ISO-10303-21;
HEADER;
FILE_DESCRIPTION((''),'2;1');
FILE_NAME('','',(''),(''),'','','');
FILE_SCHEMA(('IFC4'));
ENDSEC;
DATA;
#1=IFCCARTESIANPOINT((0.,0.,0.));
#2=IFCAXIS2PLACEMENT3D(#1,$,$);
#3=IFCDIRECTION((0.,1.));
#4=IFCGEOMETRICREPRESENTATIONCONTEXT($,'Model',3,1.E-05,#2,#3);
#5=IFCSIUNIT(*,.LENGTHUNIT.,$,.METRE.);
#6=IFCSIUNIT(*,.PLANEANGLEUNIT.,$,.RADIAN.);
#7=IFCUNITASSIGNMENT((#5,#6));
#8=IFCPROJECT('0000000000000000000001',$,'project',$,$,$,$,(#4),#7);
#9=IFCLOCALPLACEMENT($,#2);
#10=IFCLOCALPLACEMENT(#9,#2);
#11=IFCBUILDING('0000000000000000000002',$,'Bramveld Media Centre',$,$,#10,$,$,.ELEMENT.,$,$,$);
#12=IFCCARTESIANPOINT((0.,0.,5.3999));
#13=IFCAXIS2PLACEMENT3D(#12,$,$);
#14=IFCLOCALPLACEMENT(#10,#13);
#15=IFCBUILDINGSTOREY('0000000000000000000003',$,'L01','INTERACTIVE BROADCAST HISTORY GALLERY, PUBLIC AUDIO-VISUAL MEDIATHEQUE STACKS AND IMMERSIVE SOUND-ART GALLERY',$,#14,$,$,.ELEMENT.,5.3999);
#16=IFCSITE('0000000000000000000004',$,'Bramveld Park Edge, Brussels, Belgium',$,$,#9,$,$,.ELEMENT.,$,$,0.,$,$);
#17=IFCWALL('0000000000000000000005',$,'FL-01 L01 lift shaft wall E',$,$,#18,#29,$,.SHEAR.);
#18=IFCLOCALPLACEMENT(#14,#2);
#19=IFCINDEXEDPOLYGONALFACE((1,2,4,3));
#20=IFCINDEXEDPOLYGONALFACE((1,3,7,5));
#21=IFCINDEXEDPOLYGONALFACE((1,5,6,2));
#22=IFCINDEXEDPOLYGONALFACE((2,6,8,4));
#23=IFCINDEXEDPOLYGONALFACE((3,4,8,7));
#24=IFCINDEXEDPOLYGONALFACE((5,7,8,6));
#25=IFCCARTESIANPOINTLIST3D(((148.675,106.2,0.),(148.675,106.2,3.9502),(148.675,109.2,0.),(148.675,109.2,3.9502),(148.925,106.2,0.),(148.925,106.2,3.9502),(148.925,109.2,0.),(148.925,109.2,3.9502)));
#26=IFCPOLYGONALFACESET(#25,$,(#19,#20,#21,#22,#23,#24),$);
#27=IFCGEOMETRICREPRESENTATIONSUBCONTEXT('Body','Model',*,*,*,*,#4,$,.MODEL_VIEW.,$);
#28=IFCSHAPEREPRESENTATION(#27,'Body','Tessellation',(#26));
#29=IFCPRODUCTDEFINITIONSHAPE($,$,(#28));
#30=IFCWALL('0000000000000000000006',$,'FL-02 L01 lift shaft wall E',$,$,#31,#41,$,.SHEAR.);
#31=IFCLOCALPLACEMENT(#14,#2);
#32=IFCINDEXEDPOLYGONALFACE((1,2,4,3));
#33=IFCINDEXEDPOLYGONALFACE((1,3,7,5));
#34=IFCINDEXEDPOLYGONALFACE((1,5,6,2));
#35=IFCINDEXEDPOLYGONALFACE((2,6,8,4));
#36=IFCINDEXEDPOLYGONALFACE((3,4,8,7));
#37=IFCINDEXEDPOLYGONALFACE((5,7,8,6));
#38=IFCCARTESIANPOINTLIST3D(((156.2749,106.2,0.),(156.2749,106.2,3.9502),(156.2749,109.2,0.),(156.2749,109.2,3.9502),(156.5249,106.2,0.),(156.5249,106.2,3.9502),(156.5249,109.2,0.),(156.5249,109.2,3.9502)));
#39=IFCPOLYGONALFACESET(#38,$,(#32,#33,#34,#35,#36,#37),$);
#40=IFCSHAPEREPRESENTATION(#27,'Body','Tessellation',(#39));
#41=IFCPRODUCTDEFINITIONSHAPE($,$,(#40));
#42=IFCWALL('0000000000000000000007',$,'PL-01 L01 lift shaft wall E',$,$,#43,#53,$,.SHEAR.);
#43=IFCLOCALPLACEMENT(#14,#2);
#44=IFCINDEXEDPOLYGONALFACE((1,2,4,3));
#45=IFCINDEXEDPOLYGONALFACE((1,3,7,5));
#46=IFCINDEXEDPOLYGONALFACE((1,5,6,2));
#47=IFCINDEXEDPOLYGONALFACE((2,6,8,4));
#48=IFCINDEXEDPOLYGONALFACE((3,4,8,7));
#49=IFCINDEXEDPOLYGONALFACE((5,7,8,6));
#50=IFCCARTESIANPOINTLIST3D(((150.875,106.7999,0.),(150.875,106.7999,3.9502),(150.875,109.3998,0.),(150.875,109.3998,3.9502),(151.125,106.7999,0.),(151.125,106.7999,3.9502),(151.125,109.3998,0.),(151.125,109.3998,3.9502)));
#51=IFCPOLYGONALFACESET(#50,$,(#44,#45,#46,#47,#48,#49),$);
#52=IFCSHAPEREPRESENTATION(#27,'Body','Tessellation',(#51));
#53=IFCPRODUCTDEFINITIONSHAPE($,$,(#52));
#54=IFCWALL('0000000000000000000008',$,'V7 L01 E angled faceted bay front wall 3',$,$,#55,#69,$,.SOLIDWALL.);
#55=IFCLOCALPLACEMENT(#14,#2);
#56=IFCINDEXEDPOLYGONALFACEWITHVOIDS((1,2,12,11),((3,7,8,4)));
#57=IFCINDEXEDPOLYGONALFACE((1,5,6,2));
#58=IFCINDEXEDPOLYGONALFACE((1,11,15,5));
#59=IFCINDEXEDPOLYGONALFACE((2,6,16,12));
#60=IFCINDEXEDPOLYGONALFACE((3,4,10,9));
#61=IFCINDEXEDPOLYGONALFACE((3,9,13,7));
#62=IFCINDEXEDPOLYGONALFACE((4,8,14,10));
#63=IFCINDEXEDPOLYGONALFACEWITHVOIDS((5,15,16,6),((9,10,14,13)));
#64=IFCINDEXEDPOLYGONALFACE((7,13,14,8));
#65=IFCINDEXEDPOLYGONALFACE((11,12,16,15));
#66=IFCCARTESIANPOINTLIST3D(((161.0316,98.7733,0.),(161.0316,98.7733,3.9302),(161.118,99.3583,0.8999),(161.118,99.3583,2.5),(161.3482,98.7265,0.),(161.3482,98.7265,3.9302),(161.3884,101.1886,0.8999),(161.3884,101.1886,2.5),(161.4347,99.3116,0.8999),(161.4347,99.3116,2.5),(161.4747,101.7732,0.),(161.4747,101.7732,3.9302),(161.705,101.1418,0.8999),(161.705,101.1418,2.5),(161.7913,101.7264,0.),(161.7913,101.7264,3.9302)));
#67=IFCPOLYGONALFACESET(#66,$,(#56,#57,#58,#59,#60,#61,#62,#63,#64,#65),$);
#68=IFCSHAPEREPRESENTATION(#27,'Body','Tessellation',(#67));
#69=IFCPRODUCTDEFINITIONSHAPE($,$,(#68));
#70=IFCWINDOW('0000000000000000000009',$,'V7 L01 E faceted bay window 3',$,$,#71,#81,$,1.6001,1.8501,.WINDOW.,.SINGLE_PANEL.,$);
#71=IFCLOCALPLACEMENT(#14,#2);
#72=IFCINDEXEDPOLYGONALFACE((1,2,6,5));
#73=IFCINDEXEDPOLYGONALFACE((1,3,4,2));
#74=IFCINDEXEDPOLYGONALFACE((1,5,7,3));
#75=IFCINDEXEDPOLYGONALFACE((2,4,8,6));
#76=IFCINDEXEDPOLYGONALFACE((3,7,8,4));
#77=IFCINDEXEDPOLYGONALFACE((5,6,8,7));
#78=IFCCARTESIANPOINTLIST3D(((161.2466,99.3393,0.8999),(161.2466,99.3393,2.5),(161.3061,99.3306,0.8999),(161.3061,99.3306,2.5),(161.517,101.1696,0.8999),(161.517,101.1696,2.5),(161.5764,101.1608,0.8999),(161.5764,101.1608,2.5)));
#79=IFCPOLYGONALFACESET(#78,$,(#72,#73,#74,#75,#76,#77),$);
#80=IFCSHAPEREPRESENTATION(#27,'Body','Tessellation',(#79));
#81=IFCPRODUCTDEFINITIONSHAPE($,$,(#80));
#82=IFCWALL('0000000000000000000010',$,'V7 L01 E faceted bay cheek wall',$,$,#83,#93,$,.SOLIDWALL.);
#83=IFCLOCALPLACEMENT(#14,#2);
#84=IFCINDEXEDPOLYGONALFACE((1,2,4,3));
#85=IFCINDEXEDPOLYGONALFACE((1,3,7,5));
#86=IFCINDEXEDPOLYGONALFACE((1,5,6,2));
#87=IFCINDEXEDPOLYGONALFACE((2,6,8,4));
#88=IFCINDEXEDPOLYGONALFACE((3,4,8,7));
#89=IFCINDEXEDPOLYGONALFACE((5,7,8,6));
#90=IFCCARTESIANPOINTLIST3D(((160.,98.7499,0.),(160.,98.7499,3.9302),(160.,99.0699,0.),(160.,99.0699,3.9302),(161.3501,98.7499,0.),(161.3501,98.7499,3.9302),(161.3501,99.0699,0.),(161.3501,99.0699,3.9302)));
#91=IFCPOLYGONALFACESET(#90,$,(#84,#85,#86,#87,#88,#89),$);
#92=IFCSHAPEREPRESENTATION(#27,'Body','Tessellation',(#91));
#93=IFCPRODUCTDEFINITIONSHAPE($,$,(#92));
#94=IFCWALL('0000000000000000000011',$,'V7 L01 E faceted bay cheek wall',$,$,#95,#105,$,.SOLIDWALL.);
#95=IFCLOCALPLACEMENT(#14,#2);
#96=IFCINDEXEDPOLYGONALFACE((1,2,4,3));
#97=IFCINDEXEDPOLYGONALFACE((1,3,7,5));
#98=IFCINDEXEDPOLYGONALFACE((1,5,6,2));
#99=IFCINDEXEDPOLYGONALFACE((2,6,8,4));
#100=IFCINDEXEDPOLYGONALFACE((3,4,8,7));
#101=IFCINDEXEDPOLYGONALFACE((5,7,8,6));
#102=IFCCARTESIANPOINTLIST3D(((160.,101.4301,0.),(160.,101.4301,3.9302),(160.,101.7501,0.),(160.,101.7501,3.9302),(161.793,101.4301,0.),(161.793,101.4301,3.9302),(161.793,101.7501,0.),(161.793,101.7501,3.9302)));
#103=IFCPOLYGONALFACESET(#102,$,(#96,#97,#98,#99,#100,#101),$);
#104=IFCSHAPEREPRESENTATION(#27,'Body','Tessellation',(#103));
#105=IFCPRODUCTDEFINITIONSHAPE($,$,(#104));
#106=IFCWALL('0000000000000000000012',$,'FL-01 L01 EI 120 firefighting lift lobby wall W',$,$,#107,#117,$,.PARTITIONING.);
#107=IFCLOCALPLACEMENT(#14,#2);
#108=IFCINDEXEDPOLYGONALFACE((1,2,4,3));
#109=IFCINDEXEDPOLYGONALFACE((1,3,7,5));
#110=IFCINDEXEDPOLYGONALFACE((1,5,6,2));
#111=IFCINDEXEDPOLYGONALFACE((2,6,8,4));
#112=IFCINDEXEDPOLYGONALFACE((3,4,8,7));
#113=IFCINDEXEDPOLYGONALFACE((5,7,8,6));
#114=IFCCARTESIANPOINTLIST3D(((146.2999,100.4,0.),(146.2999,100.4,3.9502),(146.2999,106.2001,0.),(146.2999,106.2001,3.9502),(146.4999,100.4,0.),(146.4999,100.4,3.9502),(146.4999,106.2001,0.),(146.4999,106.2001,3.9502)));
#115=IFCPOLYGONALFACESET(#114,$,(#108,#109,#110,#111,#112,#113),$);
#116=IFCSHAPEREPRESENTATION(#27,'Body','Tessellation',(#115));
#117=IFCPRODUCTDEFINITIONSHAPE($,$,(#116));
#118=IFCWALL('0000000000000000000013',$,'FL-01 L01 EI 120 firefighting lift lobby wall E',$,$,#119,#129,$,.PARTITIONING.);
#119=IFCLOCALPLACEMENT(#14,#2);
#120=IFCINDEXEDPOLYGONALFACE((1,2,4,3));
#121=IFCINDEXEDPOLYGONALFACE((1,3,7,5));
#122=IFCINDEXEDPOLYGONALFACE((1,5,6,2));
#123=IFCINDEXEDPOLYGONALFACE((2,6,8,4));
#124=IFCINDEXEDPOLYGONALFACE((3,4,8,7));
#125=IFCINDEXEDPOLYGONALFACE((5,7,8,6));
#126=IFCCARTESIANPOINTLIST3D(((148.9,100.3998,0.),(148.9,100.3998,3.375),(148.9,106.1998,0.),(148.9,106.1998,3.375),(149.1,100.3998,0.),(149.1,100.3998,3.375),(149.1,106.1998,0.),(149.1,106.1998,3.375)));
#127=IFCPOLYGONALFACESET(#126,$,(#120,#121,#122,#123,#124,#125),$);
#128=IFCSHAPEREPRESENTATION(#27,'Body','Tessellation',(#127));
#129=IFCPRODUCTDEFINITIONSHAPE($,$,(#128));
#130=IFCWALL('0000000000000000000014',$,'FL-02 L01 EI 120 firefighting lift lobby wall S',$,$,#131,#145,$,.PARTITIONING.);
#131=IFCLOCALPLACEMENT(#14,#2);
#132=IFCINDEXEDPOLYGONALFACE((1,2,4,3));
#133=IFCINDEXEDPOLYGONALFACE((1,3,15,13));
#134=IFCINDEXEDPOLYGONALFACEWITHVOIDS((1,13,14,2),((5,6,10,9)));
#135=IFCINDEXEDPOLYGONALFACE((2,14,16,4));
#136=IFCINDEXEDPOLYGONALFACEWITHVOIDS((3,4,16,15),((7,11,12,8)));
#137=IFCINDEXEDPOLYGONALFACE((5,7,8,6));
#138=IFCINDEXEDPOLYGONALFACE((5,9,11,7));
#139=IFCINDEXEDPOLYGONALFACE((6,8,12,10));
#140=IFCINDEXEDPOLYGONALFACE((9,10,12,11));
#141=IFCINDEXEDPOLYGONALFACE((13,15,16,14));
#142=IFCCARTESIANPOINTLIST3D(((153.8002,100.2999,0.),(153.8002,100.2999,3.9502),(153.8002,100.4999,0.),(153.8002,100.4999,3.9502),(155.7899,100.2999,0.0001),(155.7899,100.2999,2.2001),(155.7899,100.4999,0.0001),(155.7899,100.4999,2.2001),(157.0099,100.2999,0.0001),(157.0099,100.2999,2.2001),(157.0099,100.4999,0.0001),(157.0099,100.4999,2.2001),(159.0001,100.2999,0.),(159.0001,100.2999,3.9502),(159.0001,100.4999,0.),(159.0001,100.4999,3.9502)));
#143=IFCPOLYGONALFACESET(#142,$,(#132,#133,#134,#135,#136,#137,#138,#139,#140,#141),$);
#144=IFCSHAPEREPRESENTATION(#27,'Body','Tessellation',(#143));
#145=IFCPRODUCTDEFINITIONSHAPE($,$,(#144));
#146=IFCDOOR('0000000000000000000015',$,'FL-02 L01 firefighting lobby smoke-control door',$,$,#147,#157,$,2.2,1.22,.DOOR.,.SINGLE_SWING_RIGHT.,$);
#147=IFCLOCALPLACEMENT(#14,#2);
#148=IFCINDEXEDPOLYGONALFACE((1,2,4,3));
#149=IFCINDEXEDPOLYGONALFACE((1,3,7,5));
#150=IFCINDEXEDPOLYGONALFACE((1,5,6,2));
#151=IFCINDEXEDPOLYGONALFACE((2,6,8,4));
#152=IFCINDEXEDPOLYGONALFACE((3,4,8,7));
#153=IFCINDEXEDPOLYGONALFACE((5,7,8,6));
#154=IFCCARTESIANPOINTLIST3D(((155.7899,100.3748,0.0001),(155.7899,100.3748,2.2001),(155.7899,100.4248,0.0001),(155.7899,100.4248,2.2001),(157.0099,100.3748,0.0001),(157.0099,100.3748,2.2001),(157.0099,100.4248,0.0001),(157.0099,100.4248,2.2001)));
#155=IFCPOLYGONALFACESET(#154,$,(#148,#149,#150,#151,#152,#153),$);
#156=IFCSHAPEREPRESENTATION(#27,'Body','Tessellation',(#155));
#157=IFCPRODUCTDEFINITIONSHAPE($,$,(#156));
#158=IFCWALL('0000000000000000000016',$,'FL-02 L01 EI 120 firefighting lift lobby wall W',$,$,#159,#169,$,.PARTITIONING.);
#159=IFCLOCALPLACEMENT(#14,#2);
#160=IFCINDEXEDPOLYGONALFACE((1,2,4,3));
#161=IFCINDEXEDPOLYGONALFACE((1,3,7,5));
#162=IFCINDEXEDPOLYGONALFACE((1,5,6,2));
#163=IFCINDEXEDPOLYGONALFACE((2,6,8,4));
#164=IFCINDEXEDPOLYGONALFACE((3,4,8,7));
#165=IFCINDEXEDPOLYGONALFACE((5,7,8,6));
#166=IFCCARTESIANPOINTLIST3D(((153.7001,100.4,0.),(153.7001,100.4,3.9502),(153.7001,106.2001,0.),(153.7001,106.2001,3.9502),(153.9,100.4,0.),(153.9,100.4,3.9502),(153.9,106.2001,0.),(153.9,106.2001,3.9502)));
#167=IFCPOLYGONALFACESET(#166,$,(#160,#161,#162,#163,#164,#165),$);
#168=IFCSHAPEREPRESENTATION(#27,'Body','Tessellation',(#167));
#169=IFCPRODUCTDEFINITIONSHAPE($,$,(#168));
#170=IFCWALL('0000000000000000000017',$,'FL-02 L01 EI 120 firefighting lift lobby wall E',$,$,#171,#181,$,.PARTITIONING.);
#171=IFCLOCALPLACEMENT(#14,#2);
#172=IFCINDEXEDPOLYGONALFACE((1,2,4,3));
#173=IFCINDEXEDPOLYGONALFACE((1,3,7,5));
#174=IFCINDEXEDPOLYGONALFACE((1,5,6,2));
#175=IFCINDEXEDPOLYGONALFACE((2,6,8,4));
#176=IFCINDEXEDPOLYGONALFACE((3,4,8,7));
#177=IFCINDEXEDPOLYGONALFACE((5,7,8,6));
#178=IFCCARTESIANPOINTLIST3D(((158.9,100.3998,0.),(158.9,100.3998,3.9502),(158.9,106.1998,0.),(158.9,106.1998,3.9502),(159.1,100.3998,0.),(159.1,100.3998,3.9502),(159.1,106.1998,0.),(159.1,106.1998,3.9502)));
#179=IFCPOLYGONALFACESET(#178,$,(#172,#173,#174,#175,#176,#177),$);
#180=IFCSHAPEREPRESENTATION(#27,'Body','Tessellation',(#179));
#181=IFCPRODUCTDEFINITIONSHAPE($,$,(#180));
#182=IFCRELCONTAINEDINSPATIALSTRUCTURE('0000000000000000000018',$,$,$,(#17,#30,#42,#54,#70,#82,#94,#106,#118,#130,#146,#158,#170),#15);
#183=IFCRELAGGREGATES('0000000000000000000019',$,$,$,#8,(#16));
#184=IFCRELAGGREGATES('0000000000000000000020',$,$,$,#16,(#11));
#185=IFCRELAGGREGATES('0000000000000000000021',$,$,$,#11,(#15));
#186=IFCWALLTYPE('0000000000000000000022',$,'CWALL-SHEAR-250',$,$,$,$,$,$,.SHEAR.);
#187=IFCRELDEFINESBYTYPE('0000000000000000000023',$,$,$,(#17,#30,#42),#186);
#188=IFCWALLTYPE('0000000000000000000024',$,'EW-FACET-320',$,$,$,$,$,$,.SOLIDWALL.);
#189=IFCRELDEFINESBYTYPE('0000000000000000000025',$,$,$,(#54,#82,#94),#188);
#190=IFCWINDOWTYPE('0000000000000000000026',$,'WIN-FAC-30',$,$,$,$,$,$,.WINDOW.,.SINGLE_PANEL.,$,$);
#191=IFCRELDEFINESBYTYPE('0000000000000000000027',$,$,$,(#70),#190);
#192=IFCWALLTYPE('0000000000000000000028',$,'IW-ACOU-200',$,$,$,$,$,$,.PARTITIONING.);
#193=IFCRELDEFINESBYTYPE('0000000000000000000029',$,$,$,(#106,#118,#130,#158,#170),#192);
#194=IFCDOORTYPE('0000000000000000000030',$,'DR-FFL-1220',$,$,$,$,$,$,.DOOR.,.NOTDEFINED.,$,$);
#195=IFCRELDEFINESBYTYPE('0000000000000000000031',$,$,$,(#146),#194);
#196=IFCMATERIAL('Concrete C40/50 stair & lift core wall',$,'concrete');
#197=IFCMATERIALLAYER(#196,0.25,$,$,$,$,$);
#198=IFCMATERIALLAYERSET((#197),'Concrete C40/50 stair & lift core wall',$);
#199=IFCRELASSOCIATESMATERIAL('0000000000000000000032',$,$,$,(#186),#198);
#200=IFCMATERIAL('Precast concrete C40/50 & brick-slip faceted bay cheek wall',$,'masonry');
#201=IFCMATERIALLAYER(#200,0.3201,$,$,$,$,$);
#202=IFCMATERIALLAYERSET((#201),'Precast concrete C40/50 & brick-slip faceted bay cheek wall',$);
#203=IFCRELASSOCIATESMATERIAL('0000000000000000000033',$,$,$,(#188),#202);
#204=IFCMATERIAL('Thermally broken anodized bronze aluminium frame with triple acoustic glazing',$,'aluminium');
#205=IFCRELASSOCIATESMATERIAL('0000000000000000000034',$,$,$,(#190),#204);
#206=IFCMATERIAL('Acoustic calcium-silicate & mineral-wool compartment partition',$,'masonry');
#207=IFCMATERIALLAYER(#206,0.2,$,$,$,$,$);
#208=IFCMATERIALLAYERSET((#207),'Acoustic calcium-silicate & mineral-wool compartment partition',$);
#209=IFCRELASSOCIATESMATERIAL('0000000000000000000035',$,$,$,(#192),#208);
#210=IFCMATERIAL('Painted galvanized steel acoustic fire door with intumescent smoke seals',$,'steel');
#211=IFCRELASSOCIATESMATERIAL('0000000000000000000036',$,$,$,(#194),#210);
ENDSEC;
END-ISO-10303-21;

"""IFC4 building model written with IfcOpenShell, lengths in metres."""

from ifc_helpers import new_model, si_unit, direction, frame, frame_2d, origin, place, context, subcontext, project, spatial, rectangle, extrude, material, layer, layer_set, type_object, element, fill, save


model = new_model("IFC4")

# Units and contexts
model_context = context("Model", 3, precision=1e-05, world=origin(), true_north=direction((0.0, 1.0)))
body_context = subcontext(model_context, "Body", "Model", "MODEL_VIEW")
ifc_project = project(units=[si_unit("LENGTHUNIT", "METRE"), si_unit("PLANEANGLEUNIT", "RADIAN")], contexts=[model_context])

# Site, building, storey
site_placement = place(None, origin())
site = spatial("IfcSite", under=ifc_project, at=site_placement, Name="Bramveld Park Edge, Brussels, Belgium", CompositionType="ELEMENT", RefElevation=0.0)
building_placement = place(site_placement, origin())
building = spatial("IfcBuilding", under=site, at=building_placement, Name="Bramveld Media Centre", CompositionType="ELEMENT")
storey_placement = place(building_placement, frame((0.0, 0.0, 5.3999)))
storey = spatial("IfcBuildingStorey", under=building, at=storey_placement, Name="L01", Description="INTERACTIVE BROADCAST HISTORY GALLERY, PUBLIC AUDIO-VISUAL MEDIATHEQUE STACKS AND IMMERSIVE SOUND-ART GALLERY", CompositionType="ELEMENT", Elevation=5.3999)

# Shared definitions
ifc_material_1 = material(Name="Concrete C40/50 stair & lift core wall", Category="concrete")
ifc_layer_1 = layer(ifc_material_1, 0.25)
ifc_layer_set_1 = layer_set([ifc_layer_1], Name="Concrete C40/50 stair & lift core wall")
wall_type_1 = type_object("IfcWallType", Name="CWALL-SHEAR-250", PredefinedType="SHEAR", material=ifc_layer_set_1)

# Wall
wall_1_placement = place(storey_placement, frame((148.8, 106.2, 0.0), z_axis=(0.0, 0.0, 1.0), x_axis=(0.0, 1.0, 0.0)))
element("IfcWall", 1, at=wall_1_placement, inside=storey, type_object=wall_type_1, Name="FL-01 L01 lift shaft wall E", PredefinedType="SHEAR", context=body_context, shape_type="SweptSolid", body=[
    extrude(rectangle(XDim=3.0, YDim=0.25, at=frame_2d((1.5, 0.0))), origin(), (0.0, 0.0, 1.0), 3.9502),
])

# Wall
wall_2_placement = place(storey_placement, frame((156.3999, 106.2, 0.0), z_axis=(0.0, 0.0, 1.0), x_axis=(0.0, 1.0, 0.0)))
element("IfcWall", 2, at=wall_2_placement, inside=storey, type_object=wall_type_1, Name="FL-02 L01 lift shaft wall E", PredefinedType="SHEAR", context=body_context, shape_type="SweptSolid", body=[
    extrude(rectangle(XDim=3.0, YDim=0.25, at=frame_2d((1.5, 0.0))), origin(), (0.0, 0.0, 1.0), 3.9502),
])

# Wall
wall_3_placement = place(storey_placement, frame((151.0, 106.8, 0.0), z_axis=(0.0, 0.0, 1.0), x_axis=(0.0, 1.0, 0.0)))
element("IfcWall", 3, at=wall_3_placement, inside=storey, type_object=wall_type_1, Name="PL-01 L01 lift shaft wall E", PredefinedType="SHEAR", context=body_context, shape_type="SweptSolid", body=[
    extrude(rectangle(XDim=2.5999, YDim=0.25, at=frame_2d((1.2998, 0.0))), origin(), (0.0, 0.0, 1.0), 3.9502),
])

# Wall, opening, window
ifc_material_2 = material(Name="Precast concrete C40/50 & brick-slip faceted bay cheek wall", Category="masonry")
ifc_layer_2 = layer(ifc_material_2, 0.3201)
ifc_layer_set_2 = layer_set([ifc_layer_2], Name="Precast concrete C40/50 & brick-slip faceted bay cheek wall")
wall_type_2 = type_object("IfcWallType", Name="EW-FACET-320", PredefinedType="SOLIDWALL", material=ifc_layer_set_2)
wall_4_placement = place(storey_placement, frame((161.1899, 98.75, 0.0), z_axis=(0.0, 0.0, 1.0), x_axis=(0.14612, 0.989267, 0.0)))
wall_4 = element("IfcWall", 4, at=wall_4_placement, inside=storey, type_object=wall_type_2, Name="V7 L01 E angled faceted bay front wall 3", PredefinedType="SOLIDWALL", context=body_context, shape_type="SweptSolid", body=[
    extrude(rectangle(XDim=3.0325, YDim=0.3201, at=frame_2d((1.5161, 0.0))), origin(), (0.0, 0.0, 1.0), 3.9302),
])
opening_1_placement = place(wall_4_placement, frame((0.5913, 0.0, 0.8999)))
opening_1 = element("IfcOpeningElement", 5, at=opening_1_placement, cuts=wall_4, PredefinedType="OPENING", context=body_context, shape_type="SweptSolid", body=[
    extrude(rectangle(XDim=1.8501, YDim=1.6001, at=frame_2d((0.925, 0.8))), frame((0.0, 0.1719, 0.0), z_axis=(0.0, -1.0, 0.0), x_axis=(1.0, 0.0, 0.0)), (0.0, 0.0, 1.0), 0.344),
])
ifc_material_3 = material(Name="Thermally broken anodized bronze aluminium frame with triple acoustic glazing", Category="aluminium")
window_type = type_object("IfcWindowType", Name="WIN-FAC-30", PartitioningType="SINGLE_PANEL", PredefinedType="WINDOW", material=ifc_material_3)
window_placement = place(opening_1_placement, origin())
window = element("IfcWindow", 6, at=window_placement, inside=storey, type_object=window_type, Name="V7 L01 E faceted bay window 3", OverallHeight=1.6001, OverallWidth=1.8501, PartitioningType="SINGLE_PANEL", PredefinedType="WINDOW", context=body_context, shape_type="SweptSolid", body=[
    extrude(rectangle(XDim=1.8501, YDim=1.6001, at=frame_2d((0.925, 0.8))), frame((0.0, 0.03, 0.0), z_axis=(0.0, -1.0, 0.0), x_axis=(1.0, 0.0, 0.0)), (0.0, 0.0, 1.0), 0.0601),
])
fill(opening_1, window)

# Walls
wall_5_placement = place(storey_placement, frame((160.0, 98.9099, 0.0), z_axis=(0.0, 0.0, 1.0), x_axis=(1.0, 0.0, 0.0)))
element("IfcWall", 7, at=wall_5_placement, inside=storey, type_object=wall_type_2, Name="V7 L01 E faceted bay cheek wall", PredefinedType="SOLIDWALL", context=body_context, shape_type="SweptSolid", body=[
    extrude(rectangle(XDim=1.3501, YDim=0.3201, at=frame_2d((0.675, 0.0))), origin(), (0.0, 0.0, 1.0), 3.9302),
])
wall_6_placement = place(storey_placement, frame((160.0, 101.5901, 0.0), z_axis=(0.0, 0.0, 1.0), x_axis=(1.0, 0.0, 0.0)))
element("IfcWall", 8, at=wall_6_placement, inside=storey, type_object=wall_type_2, Name="V7 L01 E faceted bay cheek wall", PredefinedType="SOLIDWALL", context=body_context, shape_type="SweptSolid", body=[
    extrude(rectangle(XDim=1.793, YDim=0.3201, at=frame_2d((0.8965, 0.0))), origin(), (0.0, 0.0, 1.0), 3.9302),
])
ifc_material_4 = material(Name="Acoustic calcium-silicate & mineral-wool compartment partition", Category="masonry")
ifc_layer_3 = layer(ifc_material_4, 0.2)
ifc_layer_set_3 = layer_set([ifc_layer_3], Name="Acoustic calcium-silicate & mineral-wool compartment partition")
wall_type_3 = type_object("IfcWallType", Name="IW-ACOU-200", PredefinedType="PARTITIONING", material=ifc_layer_set_3)
wall_7_placement = place(storey_placement, frame((146.3999, 106.2, 0.0), z_axis=(0.0, 0.0, 1.0), x_axis=(0.0, -1.0, 0.0)))
element("IfcWall", 9, at=wall_7_placement, inside=storey, type_object=wall_type_3, Name="FL-01 L01 EI 120 firefighting lift lobby wall W", PredefinedType="PARTITIONING", context=body_context, shape_type="SweptSolid", body=[
    extrude(rectangle(XDim=5.8, YDim=0.2, at=frame_2d((2.8999, 0.0))), origin(), (0.0, 0.0, 1.0), 3.9502),
])
wall_8_placement = place(storey_placement, frame((149.0, 100.3999, 0.0), z_axis=(0.0, 0.0, 1.0), x_axis=(0.0, 1.0, 0.0)))
element("IfcWall", 10, at=wall_8_placement, inside=storey, type_object=wall_type_3, Name="FL-01 L01 EI 120 firefighting lift lobby wall E", PredefinedType="PARTITIONING", context=body_context, shape_type="SweptSolid", body=[
    extrude(rectangle(XDim=5.8, YDim=0.2, at=frame_2d((2.8999, 0.0))), origin(), (0.0, 0.0, 1.0), 3.375),
])

# Wall, opening, door
wall_9_placement = place(storey_placement, frame((153.8, 100.3999, 0.0), z_axis=(0.0, 0.0, 1.0), x_axis=(1.0, 0.0, 0.0)))
wall_9 = element("IfcWall", 11, at=wall_9_placement, inside=storey, type_object=wall_type_3, Name="FL-02 L01 EI 120 firefighting lift lobby wall S", PredefinedType="PARTITIONING", context=body_context, shape_type="SweptSolid", body=[
    extrude(rectangle(XDim=5.2, YDim=0.2, at=frame_2d((2.6001, 0.0))), origin(), (0.0, 0.0, 1.0), 3.9502),
])
opening_2_placement = place(wall_9_placement, frame((1.99, 0.0, 0.0)))
opening_2 = element("IfcOpeningElement", 12, at=opening_2_placement, cuts=wall_9, PredefinedType="OPENING", context=body_context, shape_type="SweptSolid", body=[
    extrude(rectangle(XDim=1.22, YDim=2.2, at=frame_2d((0.6099, 1.1001))), frame((0.0, 0.1118, 0.0), z_axis=(0.0, -1.0, 0.0), x_axis=(1.0, 0.0, 0.0)), (0.0, 0.0, 1.0), 0.2239),
])
ifc_material_5 = material(Name="Painted galvanized steel acoustic fire door with intumescent smoke seals", Category="steel")
door_type_1 = type_object("IfcDoorType", Name="DR-FFL-1220", OperationType="NOTDEFINED", PredefinedType="DOOR", material=ifc_material_5)
door_1_placement = place(opening_2_placement, origin())
door_1 = element("IfcDoor", 13, at=door_1_placement, inside=storey, type_object=door_type_1, Name="FL-02 L01 firefighting lobby smoke-control door", OperationType="SINGLE_SWING_RIGHT", OverallHeight=2.2, OverallWidth=1.22, PredefinedType="DOOR", context=body_context, shape_type="SweptSolid", body=[
    extrude(rectangle(XDim=1.22, YDim=2.2, at=frame_2d((0.6099, 1.1001))), frame((0.0, 0.0249, 0.0), z_axis=(0.0, -1.0, 0.0), x_axis=(1.0, 0.0, 0.0)), (0.0, 0.0, 1.0), 0.05),
])
fill(opening_2, door_1)

# Walls
for number, where, z_axis, x_axis, name in (
    (14, (153.8, 106.2, 0.0), (0.0, 0.0, 1.0), (0.0, -1.0, 0.0), "FL-02 L01 EI 120 firefighting lift lobby wall W"),
    (15, (159.0, 100.3999, 0.0), (0.0, 0.0, 1.0), (0.0, 1.0, 0.0), "FL-02 L01 EI 120 firefighting lift lobby wall E"),
):
    element("IfcWall", number, at=place(storey_placement, frame(where, z_axis=z_axis, x_axis=x_axis)), inside=storey, type_object=wall_type_3, Name=name, PredefinedType="PARTITIONING", context=body_context, shape_type="SweptSolid", body=[
        extrude(rectangle(XDim=5.8, YDim=0.2, at=frame_2d((2.8999, 0.0))), origin(), (0.0, 0.0, 1.0), 3.9502),
    ])

save(model, "model.ifc")
